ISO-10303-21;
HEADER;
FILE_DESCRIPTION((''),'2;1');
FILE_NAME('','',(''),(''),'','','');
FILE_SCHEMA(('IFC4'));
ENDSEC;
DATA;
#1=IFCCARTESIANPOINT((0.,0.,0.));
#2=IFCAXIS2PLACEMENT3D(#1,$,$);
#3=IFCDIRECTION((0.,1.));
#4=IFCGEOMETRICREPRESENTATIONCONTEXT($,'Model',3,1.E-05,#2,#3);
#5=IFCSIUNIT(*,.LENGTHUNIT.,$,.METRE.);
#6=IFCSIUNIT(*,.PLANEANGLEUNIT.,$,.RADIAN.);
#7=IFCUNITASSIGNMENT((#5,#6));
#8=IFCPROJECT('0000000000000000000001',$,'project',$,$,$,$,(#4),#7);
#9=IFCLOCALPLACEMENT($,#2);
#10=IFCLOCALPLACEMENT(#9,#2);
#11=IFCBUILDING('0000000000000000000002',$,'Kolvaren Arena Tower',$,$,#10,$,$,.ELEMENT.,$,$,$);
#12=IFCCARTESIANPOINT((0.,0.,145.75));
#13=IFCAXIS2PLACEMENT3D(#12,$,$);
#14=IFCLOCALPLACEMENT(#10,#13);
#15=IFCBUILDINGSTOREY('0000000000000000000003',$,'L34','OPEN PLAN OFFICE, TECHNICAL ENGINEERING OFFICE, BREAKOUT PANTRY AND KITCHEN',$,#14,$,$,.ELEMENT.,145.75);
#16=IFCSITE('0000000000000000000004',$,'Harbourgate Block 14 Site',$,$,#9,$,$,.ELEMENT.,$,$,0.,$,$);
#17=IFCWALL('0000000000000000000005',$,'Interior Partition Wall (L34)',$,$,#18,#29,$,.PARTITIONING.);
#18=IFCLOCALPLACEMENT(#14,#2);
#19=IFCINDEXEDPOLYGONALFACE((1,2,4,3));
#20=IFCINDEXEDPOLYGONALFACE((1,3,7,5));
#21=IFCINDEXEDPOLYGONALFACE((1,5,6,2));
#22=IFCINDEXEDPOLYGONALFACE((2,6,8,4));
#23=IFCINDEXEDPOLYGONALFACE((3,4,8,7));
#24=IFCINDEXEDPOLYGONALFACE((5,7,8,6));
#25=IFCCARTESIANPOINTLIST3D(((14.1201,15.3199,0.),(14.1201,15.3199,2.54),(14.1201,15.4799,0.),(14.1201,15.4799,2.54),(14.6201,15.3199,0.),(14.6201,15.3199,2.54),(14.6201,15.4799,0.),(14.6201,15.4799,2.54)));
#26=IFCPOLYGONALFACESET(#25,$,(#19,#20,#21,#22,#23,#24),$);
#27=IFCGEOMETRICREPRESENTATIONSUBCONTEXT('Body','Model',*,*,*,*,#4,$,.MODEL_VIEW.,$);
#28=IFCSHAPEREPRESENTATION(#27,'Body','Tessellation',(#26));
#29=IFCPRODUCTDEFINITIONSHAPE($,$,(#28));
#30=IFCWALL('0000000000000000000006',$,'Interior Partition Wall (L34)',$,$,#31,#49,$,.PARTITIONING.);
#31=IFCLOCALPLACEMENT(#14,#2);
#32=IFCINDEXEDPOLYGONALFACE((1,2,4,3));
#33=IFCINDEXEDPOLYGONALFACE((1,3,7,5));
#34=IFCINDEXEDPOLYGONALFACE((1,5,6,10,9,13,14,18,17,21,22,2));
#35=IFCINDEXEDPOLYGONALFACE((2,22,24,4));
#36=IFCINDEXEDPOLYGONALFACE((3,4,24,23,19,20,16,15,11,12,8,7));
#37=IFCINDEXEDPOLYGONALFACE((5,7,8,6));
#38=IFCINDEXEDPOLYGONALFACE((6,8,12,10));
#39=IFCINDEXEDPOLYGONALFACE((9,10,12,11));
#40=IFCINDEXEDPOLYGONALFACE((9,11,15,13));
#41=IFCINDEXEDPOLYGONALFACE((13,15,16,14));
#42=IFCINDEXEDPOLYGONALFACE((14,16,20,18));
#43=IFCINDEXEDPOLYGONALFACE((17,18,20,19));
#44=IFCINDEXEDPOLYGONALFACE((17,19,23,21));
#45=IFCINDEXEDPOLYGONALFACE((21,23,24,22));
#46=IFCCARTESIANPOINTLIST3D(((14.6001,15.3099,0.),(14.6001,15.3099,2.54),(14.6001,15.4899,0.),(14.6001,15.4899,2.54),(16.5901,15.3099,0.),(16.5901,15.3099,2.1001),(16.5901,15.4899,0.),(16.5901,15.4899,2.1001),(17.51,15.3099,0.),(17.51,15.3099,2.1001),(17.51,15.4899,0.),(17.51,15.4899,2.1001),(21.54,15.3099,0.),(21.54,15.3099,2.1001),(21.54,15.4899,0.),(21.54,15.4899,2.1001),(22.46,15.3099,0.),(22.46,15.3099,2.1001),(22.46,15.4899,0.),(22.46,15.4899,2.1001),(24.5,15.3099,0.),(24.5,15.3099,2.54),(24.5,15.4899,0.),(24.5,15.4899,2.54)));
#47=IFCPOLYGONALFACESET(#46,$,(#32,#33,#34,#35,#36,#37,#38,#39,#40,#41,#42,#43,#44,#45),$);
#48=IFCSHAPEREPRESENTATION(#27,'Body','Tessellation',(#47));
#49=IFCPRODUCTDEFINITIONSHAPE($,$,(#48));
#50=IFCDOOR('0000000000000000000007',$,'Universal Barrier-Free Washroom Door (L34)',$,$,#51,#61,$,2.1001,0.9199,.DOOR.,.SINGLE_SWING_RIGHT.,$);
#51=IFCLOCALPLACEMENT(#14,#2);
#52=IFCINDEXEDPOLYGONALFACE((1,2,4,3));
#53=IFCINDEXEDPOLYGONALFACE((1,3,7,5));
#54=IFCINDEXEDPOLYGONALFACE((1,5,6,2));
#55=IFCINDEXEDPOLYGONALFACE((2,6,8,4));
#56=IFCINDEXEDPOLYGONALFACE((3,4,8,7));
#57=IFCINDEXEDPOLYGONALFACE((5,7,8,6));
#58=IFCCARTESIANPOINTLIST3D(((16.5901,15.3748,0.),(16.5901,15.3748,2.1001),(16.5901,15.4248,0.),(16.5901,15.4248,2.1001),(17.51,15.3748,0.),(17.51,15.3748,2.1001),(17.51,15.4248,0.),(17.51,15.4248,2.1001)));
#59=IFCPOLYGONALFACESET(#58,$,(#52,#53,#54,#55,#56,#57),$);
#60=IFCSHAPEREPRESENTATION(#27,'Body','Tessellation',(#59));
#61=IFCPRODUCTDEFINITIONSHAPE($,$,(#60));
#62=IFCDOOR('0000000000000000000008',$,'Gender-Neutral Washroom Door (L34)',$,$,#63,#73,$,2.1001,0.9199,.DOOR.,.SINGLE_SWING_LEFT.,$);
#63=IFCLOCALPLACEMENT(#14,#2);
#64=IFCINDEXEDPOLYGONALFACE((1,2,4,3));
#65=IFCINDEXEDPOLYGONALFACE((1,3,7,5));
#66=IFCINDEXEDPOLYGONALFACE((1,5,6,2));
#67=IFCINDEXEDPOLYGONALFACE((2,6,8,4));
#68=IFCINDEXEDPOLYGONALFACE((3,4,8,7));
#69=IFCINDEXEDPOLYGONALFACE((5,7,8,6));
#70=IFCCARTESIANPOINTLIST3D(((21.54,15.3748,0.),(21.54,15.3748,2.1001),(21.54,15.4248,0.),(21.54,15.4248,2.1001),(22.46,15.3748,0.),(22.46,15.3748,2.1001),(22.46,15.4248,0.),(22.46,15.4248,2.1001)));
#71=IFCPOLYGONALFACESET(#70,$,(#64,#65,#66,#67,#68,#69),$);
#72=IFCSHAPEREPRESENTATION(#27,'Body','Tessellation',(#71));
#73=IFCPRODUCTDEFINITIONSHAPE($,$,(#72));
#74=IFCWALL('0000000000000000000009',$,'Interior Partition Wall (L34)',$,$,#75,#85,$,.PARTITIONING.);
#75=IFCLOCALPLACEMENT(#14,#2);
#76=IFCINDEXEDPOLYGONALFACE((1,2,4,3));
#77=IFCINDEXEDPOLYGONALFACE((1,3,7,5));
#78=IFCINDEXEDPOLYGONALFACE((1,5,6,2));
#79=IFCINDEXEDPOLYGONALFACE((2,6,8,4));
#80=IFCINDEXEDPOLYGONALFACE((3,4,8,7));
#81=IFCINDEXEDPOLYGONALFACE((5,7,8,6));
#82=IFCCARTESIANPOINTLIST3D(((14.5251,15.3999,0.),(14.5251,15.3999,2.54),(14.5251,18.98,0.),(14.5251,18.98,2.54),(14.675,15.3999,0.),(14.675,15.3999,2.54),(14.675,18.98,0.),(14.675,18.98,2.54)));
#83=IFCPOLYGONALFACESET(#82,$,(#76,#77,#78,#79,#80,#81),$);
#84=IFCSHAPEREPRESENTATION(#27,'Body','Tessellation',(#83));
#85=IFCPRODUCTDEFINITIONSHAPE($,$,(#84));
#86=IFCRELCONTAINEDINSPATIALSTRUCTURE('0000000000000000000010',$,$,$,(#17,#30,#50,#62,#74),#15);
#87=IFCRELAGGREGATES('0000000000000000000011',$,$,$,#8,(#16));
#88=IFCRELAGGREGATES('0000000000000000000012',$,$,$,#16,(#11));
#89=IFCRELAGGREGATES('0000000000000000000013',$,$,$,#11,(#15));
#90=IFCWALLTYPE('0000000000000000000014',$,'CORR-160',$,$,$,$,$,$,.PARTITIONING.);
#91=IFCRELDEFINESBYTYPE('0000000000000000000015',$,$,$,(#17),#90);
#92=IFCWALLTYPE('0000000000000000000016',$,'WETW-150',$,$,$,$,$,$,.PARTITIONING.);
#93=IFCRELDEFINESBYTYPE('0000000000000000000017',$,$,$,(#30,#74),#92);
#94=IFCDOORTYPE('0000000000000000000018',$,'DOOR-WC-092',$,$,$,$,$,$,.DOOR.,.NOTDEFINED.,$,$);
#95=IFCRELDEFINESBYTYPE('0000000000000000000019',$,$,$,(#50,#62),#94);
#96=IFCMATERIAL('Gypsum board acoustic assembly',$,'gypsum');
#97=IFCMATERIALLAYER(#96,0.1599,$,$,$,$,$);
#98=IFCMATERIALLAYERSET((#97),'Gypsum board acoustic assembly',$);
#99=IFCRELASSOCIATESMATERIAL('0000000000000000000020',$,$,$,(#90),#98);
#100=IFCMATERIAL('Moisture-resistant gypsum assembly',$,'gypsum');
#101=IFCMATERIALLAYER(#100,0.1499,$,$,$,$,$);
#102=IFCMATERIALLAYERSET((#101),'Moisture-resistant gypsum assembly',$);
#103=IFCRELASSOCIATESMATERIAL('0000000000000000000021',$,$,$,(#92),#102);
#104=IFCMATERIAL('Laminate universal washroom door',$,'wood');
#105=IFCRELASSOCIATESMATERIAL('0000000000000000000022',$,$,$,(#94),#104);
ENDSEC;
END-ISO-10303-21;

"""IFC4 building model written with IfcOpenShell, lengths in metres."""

from ifc_helpers import new_model, si_unit, direction, frame, frame_2d, origin, place, context, subcontext, project, spatial, rectangle, extrude, material, layer, layer_set, type_object, element, fill, save


model = new_model("IFC4")

# Units and contexts
model_context = context("Model", 3, precision=1e-05, world=origin(), true_north=direction((0.0, 1.0)))
body_context = subcontext(model_context, "Body", "Model", "MODEL_VIEW")
ifc_project = project(units=[si_unit("LENGTHUNIT", "METRE"), si_unit("PLANEANGLEUNIT", "RADIAN")], contexts=[model_context])

# Site, building, storey
site_placement = place(None, origin())
site = spatial("IfcSite", under=ifc_project, at=site_placement, Name="Harbourgate Block 14 Site", CompositionType="ELEMENT", RefElevation=0.0)
building_placement = place(site_placement, origin())
building = spatial("IfcBuilding", under=site, at=building_placement, Name="Kolvaren Arena Tower", CompositionType="ELEMENT")
storey_placement = place(building_placement, frame((0.0, 0.0, 145.75)))
storey = spatial("IfcBuildingStorey", under=building, at=storey_placement, Name="L34", Description="OPEN PLAN OFFICE, TECHNICAL ENGINEERING OFFICE, BREAKOUT PANTRY AND KITCHEN", CompositionType="ELEMENT", Elevation=145.75)

# Shared definitions
ifc_material_1 = material(Name="Gypsum board acoustic assembly", Category="gypsum")
ifc_layer_1 = layer(ifc_material_1, 0.1599)
ifc_layer_set_1 = layer_set([ifc_layer_1], Name="Gypsum board acoustic assembly")
wall_type_1 = type_object("IfcWallType", Name="CORR-160", PredefinedType="PARTITIONING", material=ifc_layer_set_1)

# Wall
wall_1_placement = place(storey_placement, frame((14.1201, 15.3999, 0.0), z_axis=(0.0, 0.0, 1.0), x_axis=(1.0, 0.0, 0.0)))
element("IfcWall", 1, at=wall_1_placement, inside=storey, type_object=wall_type_1, Name="Interior Partition Wall (L34)", PredefinedType="PARTITIONING", context=body_context, shape_type="SweptSolid", body=[
    extrude(rectangle(XDim=0.5, YDim=0.1599, at=frame_2d((0.25, 0.0))), origin(), (0.0, 0.0, 1.0), 2.54),
])

# Wall, openings, doors
ifc_material_2 = material(Name="Moisture-resistant gypsum assembly", Category="gypsum")
ifc_layer_2 = layer(ifc_material_2, 0.1499)
ifc_layer_set_2 = layer_set([ifc_layer_2], Name="Moisture-resistant gypsum assembly")
wall_type_2 = type_object("IfcWallType", Name="WETW-150", PredefinedType="PARTITIONING", material=ifc_layer_set_2)
wall_2_placement = place(storey_placement, frame((14.6001, 15.3999, 0.0), z_axis=(0.0, 0.0, 1.0), x_axis=(1.0, 0.0, 0.0)))
wall_2 = element("IfcWall", 2, at=wall_2_placement, inside=storey, type_object=wall_type_2, Name="Interior Partition Wall (L34)", PredefinedType="PARTITIONING", context=body_context, shape_type="SweptSolid", body=[
    extrude(rectangle(XDim=9.8999, YDim=0.1799, at=frame_2d((4.95, 0.0))), origin(), (0.0, 0.0, 1.0), 2.54),
])
opening_1_placement = place(wall_2_placement, frame((1.99, 0.0, 0.0)))
opening_1 = element("IfcOpeningElement", 3, at=opening_1_placement, cuts=wall_2, PredefinedType="OPENING", context=body_context, shape_type="SweptSolid", body=[
    extrude(rectangle(XDim=0.9199, YDim=2.1001, at=frame_2d((0.46, 1.05))), frame((0.0, 0.0999, 0.0), z_axis=(0.0, -1.0, 0.0), x_axis=(1.0, 0.0, 0.0)), (0.0, 0.0, 1.0), 0.2),
])
opening_2_placement = place(wall_2_placement, frame((6.9399, 0.0, 0.0)))
opening_2 = element("IfcOpeningElement", 4, at=opening_2_placement, cuts=wall_2, PredefinedType="OPENING", context=body_context, shape_type="SweptSolid", body=[
    extrude(rectangle(XDim=0.9199, YDim=2.1001, at=frame_2d((0.46, 1.05))), frame((0.0, 0.0999, 0.0), z_axis=(0.0, -1.0, 0.0), x_axis=(1.0, 0.0, 0.0)), (0.0, 0.0, 1.0), 0.2),
])
ifc_material_3 = material(Name="Laminate universal washroom door", Category="wood")
door_type_1 = type_object("IfcDoorType", Name="DOOR-WC-092", OperationType="NOTDEFINED", PredefinedType="DOOR", material=ifc_material_3)
door_1_placement = place(opening_1_placement, origin())
door_1 = element("IfcDoor", 5, at=door_1_placement, inside=storey, type_object=door_type_1, Name="Universal Barrier-Free Washroom Door (L34)", OperationType="SINGLE_SWING_RIGHT", OverallHeight=2.1001, OverallWidth=0.9199, PredefinedType="DOOR", context=body_context, shape_type="SweptSolid", body=[
    extrude(rectangle(XDim=0.9199, YDim=2.1001, at=frame_2d((0.46, 1.05))), frame((0.0, 0.0249, 0.0), z_axis=(0.0, -1.0, 0.0), x_axis=(1.0, 0.0, 0.0)), (0.0, 0.0, 1.0), 0.05),
])
fill(opening_1, door_1)
door_2_placement = place(opening_2_placement, origin())
door_2 = element("IfcDoor", 6, at=door_2_placement, inside=storey, type_object=door_type_1, Name="Gender-Neutral Washroom Door (L34)", OperationType="SINGLE_SWING_LEFT", OverallHeight=2.1001, OverallWidth=0.9199, PredefinedType="DOOR", context=body_context, shape_type="SweptSolid", body=[
    extrude(rectangle(XDim=0.9199, YDim=2.1001, at=frame_2d((0.46, 1.05))), frame((0.0, 0.0249, 0.0), z_axis=(0.0, -1.0, 0.0), x_axis=(1.0, 0.0, 0.0)), (0.0, 0.0, 1.0), 0.05),
])
fill(opening_2, door_2)

# Wall
wall_3_placement = place(storey_placement, frame((14.6001, 15.3999, 0.0), z_axis=(0.0, 0.0, 1.0), x_axis=(0.0, 1.0, 0.0)))
element("IfcWall", 7, at=wall_3_placement, inside=storey, type_object=wall_type_2, Name="Interior Partition Wall (L34)", PredefinedType="PARTITIONING", context=body_context, shape_type="SweptSolid", body=[
    extrude(rectangle(XDim=3.5801, YDim=0.1499, at=frame_2d((1.79, 0.0))), origin(), (0.0, 0.0, 1.0), 2.54),
])

save(model, "model.ifc")
